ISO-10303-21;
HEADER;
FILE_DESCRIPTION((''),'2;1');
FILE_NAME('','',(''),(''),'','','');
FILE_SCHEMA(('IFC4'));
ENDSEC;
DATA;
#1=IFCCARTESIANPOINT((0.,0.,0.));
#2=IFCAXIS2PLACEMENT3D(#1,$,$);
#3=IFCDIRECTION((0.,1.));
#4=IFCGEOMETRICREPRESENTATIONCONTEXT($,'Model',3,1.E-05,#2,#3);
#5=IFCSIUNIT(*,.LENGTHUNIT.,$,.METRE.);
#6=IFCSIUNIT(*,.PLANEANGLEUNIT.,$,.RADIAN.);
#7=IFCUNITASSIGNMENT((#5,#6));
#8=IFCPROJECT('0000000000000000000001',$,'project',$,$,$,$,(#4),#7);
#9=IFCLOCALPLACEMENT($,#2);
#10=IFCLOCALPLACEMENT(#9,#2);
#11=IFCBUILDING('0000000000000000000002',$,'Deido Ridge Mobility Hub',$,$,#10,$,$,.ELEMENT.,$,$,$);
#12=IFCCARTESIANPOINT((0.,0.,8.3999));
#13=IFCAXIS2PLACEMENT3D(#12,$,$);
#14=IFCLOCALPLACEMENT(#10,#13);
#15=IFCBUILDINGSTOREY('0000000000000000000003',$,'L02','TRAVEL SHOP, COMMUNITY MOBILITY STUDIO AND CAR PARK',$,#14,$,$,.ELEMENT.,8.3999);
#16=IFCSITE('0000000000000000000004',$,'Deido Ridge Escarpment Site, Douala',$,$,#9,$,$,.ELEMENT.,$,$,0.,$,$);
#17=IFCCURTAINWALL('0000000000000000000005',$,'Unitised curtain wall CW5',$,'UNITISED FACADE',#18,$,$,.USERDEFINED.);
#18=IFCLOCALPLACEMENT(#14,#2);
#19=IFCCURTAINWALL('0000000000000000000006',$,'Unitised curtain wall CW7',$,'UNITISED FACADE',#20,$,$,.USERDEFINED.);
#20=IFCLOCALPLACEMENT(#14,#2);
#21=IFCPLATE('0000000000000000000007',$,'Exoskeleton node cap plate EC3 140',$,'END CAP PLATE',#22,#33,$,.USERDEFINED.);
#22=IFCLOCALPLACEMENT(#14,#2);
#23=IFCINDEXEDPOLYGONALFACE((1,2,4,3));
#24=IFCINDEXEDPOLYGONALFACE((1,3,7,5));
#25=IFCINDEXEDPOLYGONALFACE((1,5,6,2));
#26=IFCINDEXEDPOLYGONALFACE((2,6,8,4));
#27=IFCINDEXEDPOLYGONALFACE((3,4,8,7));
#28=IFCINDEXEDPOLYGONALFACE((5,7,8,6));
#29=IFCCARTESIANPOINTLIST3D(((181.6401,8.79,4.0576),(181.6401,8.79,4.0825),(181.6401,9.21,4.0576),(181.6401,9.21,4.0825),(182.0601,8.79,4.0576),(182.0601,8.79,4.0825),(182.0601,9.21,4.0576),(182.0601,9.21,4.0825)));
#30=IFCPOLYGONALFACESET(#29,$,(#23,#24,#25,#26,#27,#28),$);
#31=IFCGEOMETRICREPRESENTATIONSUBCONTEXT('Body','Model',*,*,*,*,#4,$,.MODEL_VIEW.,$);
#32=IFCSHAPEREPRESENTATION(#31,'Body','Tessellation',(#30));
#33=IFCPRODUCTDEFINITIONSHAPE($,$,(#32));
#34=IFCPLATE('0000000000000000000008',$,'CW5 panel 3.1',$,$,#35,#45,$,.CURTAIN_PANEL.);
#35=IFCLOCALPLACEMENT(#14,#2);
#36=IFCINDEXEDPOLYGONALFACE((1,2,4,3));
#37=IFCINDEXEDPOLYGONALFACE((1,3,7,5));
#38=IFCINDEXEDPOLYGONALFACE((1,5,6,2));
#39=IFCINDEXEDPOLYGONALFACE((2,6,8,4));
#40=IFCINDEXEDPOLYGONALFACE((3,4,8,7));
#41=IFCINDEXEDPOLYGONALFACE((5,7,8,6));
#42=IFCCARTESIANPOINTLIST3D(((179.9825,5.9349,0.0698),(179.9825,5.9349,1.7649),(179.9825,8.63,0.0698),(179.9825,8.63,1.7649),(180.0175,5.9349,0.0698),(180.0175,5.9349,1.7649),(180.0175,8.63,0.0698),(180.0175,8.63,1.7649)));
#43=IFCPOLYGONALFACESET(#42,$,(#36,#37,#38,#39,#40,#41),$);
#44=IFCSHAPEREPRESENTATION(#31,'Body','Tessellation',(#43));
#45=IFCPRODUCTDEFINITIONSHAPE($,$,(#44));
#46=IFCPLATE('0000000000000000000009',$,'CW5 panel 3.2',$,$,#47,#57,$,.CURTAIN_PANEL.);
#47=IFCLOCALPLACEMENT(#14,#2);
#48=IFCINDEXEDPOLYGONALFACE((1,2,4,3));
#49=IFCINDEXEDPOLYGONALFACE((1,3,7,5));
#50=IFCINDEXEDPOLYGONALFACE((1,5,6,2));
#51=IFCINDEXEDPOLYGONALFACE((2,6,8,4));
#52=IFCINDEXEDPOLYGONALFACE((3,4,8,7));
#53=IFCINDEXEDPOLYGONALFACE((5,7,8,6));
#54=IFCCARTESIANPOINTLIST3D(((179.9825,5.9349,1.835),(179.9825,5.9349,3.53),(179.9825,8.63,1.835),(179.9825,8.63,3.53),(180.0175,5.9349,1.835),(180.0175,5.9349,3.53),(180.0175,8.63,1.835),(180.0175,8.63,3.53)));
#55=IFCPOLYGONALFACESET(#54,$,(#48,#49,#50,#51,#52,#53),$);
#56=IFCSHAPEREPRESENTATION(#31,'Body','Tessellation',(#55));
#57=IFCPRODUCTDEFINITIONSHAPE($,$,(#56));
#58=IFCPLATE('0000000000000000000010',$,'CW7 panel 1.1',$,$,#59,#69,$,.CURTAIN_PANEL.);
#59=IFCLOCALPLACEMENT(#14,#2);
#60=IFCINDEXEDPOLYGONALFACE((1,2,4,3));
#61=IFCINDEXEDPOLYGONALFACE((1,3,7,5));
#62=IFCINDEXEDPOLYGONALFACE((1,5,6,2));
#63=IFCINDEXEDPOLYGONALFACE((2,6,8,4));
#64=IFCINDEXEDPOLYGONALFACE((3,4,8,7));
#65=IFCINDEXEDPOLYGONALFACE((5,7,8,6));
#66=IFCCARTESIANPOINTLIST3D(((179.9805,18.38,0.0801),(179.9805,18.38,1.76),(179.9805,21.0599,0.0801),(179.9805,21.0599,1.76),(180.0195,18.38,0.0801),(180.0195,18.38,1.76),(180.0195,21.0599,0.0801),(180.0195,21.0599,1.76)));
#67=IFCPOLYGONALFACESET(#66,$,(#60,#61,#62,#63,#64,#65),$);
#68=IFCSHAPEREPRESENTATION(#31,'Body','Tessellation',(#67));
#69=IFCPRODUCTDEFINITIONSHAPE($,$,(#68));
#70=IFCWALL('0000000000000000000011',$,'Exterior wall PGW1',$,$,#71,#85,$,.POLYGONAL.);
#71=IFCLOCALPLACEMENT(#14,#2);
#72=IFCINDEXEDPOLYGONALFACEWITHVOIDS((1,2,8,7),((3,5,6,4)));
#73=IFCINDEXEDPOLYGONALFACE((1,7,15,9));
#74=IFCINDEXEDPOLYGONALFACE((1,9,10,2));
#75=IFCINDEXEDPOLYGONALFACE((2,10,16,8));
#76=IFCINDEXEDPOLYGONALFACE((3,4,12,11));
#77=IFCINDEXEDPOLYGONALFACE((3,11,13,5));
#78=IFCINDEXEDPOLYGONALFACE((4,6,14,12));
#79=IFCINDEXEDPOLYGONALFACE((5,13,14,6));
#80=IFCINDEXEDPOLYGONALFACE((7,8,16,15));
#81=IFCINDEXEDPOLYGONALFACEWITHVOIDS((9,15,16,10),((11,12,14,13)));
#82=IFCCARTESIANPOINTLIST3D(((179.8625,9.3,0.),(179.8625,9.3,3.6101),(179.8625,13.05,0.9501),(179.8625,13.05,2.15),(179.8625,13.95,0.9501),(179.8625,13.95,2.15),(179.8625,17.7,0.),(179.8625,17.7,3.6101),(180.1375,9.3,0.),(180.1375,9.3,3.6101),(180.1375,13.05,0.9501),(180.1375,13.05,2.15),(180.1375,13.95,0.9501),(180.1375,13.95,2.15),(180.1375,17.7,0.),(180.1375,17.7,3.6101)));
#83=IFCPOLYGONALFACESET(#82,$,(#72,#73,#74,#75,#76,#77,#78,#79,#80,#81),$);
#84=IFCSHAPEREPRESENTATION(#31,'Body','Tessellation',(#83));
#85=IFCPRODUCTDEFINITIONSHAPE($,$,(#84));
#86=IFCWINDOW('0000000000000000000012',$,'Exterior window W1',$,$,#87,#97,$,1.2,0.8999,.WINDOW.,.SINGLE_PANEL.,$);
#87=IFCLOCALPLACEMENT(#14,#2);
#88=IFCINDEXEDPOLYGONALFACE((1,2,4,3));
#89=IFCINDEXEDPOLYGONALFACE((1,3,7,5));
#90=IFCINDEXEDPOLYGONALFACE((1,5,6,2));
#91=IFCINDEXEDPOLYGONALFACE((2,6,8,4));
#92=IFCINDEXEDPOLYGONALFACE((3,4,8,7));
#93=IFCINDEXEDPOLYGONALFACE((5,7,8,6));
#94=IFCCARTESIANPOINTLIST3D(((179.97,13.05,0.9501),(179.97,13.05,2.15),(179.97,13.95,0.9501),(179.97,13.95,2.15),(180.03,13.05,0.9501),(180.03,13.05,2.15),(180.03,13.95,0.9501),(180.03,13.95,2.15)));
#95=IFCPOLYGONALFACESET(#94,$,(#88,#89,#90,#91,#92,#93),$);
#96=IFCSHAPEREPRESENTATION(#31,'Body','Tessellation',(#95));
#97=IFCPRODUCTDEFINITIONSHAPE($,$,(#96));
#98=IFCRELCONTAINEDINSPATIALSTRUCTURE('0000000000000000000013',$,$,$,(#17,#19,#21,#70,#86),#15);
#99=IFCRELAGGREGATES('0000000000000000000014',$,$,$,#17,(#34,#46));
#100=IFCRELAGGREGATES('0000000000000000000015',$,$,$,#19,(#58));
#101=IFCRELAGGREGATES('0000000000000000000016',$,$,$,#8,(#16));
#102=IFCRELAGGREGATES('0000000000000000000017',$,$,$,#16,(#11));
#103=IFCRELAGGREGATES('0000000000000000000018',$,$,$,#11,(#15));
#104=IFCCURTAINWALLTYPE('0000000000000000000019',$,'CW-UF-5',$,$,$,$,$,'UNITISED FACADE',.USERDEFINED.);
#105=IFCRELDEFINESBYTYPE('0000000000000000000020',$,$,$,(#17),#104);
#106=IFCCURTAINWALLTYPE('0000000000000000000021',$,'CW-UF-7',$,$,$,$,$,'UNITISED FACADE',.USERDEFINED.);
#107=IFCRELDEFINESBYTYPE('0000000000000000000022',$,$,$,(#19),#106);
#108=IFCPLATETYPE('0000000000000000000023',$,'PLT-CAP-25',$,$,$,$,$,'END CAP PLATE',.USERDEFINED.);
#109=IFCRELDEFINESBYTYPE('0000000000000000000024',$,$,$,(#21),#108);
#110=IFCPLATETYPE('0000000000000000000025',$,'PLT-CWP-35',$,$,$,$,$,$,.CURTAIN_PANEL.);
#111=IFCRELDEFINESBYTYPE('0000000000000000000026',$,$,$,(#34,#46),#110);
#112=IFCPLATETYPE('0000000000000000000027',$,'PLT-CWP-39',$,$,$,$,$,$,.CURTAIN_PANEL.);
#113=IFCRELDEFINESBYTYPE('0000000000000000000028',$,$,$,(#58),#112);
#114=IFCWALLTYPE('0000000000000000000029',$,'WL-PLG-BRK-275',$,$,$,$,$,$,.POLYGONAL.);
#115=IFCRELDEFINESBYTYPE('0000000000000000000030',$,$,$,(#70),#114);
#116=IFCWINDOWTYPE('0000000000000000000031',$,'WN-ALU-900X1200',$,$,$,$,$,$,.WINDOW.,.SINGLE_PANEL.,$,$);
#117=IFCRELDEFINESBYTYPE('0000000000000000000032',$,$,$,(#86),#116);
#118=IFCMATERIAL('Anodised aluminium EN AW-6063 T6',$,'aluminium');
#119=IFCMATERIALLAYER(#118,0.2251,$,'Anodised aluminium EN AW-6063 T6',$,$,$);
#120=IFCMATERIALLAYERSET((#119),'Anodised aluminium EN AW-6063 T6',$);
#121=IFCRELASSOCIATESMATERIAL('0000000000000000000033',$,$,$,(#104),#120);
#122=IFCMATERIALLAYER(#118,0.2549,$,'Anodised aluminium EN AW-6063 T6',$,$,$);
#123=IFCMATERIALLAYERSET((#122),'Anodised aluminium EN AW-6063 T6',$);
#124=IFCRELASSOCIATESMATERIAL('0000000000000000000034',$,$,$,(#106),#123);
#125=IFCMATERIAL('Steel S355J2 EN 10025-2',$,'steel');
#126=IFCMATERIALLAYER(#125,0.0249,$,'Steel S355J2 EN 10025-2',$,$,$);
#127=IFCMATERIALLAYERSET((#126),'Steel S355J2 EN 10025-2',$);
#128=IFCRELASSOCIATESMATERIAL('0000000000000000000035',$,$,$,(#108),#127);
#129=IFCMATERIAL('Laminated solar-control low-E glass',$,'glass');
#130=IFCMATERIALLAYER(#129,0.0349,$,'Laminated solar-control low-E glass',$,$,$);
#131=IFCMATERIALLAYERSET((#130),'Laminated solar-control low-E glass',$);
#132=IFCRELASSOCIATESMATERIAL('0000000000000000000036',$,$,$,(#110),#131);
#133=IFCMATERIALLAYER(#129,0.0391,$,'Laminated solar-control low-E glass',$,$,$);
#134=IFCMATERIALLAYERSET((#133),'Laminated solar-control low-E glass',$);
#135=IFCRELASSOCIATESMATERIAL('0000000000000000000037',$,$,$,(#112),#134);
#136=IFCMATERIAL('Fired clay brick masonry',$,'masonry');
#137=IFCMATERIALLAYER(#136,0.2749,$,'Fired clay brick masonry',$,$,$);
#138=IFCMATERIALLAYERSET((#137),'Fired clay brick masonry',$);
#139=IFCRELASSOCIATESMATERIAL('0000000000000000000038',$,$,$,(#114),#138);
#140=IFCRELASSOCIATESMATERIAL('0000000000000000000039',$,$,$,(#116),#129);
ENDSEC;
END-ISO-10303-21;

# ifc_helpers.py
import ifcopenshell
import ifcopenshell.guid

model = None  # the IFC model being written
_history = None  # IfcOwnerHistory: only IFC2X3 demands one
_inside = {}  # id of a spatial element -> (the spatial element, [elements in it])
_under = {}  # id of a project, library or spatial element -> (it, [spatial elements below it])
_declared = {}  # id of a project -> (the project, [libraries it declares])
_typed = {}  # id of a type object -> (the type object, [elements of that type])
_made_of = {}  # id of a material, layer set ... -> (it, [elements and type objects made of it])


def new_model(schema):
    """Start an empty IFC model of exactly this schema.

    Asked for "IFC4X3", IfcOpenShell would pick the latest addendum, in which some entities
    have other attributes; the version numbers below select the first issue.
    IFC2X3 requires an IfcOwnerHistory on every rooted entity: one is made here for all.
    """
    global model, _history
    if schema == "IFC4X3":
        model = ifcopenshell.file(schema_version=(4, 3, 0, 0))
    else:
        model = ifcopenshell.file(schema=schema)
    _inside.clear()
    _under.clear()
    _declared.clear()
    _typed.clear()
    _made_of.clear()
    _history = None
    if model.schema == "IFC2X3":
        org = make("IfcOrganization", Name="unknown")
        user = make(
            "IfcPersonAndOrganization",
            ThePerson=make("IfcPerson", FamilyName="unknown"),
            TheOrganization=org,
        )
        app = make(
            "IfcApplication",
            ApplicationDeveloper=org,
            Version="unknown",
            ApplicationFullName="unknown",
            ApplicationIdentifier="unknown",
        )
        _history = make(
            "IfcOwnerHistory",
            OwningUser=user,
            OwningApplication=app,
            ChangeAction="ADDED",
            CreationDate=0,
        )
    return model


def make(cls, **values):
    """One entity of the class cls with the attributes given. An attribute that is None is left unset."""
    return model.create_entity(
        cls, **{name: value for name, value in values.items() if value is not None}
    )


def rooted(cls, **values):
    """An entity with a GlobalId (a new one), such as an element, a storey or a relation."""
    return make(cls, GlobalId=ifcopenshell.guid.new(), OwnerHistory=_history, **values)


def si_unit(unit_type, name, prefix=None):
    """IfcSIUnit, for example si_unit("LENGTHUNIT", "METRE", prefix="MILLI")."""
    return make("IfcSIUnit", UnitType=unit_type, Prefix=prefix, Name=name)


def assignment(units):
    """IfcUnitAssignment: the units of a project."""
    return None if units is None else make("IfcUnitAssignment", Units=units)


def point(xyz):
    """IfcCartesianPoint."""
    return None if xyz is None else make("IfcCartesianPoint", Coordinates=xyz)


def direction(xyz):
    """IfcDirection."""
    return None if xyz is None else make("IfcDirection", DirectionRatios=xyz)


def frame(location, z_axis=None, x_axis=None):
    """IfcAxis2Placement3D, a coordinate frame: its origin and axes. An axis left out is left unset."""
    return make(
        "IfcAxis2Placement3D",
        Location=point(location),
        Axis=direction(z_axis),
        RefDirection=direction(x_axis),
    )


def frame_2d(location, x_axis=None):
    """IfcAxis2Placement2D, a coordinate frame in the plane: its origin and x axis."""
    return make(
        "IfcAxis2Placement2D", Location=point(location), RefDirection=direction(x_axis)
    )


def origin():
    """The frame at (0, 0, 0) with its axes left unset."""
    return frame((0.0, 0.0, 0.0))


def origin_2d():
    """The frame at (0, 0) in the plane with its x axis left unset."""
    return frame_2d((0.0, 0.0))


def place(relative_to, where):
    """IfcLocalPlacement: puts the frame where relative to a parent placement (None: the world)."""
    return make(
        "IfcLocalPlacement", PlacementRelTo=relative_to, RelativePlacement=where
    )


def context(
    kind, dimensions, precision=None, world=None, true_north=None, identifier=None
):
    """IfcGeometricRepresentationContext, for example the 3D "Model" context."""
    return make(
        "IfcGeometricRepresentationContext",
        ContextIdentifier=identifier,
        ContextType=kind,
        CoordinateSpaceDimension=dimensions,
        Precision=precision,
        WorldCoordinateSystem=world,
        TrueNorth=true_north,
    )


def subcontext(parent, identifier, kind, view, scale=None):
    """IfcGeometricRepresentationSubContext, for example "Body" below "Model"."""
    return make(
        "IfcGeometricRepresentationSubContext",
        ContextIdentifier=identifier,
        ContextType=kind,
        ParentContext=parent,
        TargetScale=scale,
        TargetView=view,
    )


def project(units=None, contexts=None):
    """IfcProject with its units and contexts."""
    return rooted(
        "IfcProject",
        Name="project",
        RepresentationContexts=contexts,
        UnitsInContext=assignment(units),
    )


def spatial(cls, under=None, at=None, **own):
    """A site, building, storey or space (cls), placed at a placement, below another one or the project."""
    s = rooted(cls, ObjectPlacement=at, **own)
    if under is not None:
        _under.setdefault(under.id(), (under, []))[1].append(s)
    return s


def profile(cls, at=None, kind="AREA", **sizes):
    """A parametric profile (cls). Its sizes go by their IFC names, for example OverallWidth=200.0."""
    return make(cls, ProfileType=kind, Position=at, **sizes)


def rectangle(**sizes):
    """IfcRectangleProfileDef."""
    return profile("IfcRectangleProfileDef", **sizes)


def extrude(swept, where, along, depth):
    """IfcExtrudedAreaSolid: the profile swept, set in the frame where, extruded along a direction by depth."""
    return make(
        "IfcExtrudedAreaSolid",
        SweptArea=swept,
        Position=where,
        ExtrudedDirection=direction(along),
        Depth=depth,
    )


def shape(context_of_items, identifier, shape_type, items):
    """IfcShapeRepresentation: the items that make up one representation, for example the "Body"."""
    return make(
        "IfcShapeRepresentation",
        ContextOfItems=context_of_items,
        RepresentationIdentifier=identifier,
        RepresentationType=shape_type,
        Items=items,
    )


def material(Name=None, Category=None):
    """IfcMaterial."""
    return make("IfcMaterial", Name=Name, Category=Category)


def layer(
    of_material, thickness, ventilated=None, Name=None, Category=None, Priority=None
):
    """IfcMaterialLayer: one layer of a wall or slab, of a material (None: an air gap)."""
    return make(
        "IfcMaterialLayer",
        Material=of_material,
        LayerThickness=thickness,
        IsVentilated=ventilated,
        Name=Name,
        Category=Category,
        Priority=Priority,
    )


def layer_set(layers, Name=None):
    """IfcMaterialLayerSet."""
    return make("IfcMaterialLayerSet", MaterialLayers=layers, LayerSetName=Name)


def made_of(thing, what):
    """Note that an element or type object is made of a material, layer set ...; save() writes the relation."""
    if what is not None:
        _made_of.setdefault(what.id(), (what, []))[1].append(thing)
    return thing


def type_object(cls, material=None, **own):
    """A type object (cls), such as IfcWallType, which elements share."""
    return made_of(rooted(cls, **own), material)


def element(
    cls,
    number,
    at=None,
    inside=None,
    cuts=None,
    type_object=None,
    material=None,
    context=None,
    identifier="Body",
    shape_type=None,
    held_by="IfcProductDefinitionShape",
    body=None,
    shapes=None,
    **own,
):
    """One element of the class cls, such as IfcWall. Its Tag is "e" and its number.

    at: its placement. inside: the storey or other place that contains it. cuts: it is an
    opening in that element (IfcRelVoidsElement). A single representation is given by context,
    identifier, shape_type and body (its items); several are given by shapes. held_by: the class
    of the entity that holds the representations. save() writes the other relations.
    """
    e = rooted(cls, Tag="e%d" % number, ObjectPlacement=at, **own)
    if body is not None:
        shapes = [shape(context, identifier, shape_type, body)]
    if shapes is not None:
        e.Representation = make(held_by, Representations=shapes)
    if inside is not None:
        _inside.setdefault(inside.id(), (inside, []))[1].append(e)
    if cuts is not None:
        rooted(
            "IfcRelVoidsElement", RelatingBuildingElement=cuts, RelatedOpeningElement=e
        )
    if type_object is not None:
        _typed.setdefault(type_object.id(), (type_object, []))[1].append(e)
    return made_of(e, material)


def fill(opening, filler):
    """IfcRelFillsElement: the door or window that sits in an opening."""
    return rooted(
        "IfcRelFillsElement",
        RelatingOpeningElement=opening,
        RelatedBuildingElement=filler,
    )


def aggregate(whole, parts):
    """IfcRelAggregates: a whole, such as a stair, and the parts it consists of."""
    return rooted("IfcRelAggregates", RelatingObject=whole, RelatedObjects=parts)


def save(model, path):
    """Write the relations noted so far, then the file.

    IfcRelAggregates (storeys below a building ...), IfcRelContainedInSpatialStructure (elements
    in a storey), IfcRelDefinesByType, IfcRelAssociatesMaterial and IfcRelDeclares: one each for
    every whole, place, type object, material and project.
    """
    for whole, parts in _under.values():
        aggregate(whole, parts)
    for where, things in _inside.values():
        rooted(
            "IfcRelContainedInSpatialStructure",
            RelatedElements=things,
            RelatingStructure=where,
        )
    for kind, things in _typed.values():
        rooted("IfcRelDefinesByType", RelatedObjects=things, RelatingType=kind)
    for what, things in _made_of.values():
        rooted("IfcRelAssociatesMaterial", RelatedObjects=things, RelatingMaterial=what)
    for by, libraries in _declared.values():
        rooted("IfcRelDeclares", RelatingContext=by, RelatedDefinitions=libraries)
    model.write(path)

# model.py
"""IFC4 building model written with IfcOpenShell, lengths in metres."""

from ifc_helpers import new_model, si_unit, direction, frame, frame_2d, origin, origin_2d, place, context, subcontext, project, spatial, rectangle, extrude, material, layer, layer_set, type_object, element, fill, aggregate, save


model = new_model("IFC4")

# Units and contexts
model_context = context("Model", 3, precision=1e-05, world=origin(), true_north=direction((0.0, 1.0)))
body_context = subcontext(model_context, "Body", "Model", "MODEL_VIEW")
ifc_project = project(units=[si_unit("LENGTHUNIT", "METRE"), si_unit("PLANEANGLEUNIT", "RADIAN")], contexts=[model_context])

# Site, building, storey
site_placement = place(None, origin())
site = spatial("IfcSite", under=ifc_project, at=site_placement, Name="Deido Ridge Escarpment Site, Douala", CompositionType="ELEMENT", RefElevation=0.0)
building_placement = place(site_placement, origin())
building = spatial("IfcBuilding", under=site, at=building_placement, Name="Deido Ridge Mobility Hub", CompositionType="ELEMENT")
storey_placement = place(building_placement, frame((0.0, 0.0, 8.3999)))
storey = spatial("IfcBuildingStorey", under=building, at=storey_placement, Name="L02", Description="TRAVEL SHOP, COMMUNITY MOBILITY STUDIO AND CAR PARK", CompositionType="ELEMENT", Elevation=8.3999)

# Shared definitions
ifc_material_1 = material(Name="Steel S355J2 EN 10025-2", Category="steel")

# Curtain wall
ifc_material_2 = material(Name="Anodised aluminium EN AW-6063 T6", Category="aluminium")
ifc_layer_1 = layer(ifc_material_2, 0.2251, Name="Anodised aluminium EN AW-6063 T6")
ifc_layer_set_1 = layer_set([ifc_layer_1], Name="Anodised aluminium EN AW-6063 T6")
curtain_wall_type_1 = type_object("IfcCurtainWallType", Name="CW-UF-5", ElementType="UNITISED FACADE", PredefinedType="USERDEFINED", material=ifc_layer_set_1)
curtain_wall_1_placement = place(storey_placement, origin())
curtain_wall_1 = element("IfcCurtainWall", 1, at=curtain_wall_1_placement, inside=storey, type_object=curtain_wall_type_1, Name="Unitised curtain wall CW5", ObjectType="UNITISED FACADE", PredefinedType="USERDEFINED")

# Curtain wall
ifc_layer_2 = layer(ifc_material_2, 0.2549, Name="Anodised aluminium EN AW-6063 T6")
ifc_layer_set_2 = layer_set([ifc_layer_2], Name="Anodised aluminium EN AW-6063 T6")
curtain_wall_type_2 = type_object("IfcCurtainWallType", Name="CW-UF-7", ElementType="UNITISED FACADE", PredefinedType="USERDEFINED", material=ifc_layer_set_2)
curtain_wall_2_placement = place(storey_placement, origin())
curtain_wall_2 = element("IfcCurtainWall", 2, at=curtain_wall_2_placement, inside=storey, type_object=curtain_wall_type_2, Name="Unitised curtain wall CW7", ObjectType="UNITISED FACADE", PredefinedType="USERDEFINED")

# Plate
ifc_layer_3 = layer(ifc_material_1, 0.0249, Name="Steel S355J2 EN 10025-2")
ifc_layer_set_3 = layer_set([ifc_layer_3], Name="Steel S355J2 EN 10025-2")
plate_type_1 = type_object("IfcPlateType", Name="PLT-CAP-25", ElementType="END CAP PLATE", PredefinedType="USERDEFINED", material=ifc_layer_set_3)
plate_1_placement = place(storey_placement, frame((181.8501, 9.0, 4.0576), z_axis=(0.0, 0.0, 1.0), x_axis=(1.0, 0.0, 0.0)))
element("IfcPlate", 3, at=plate_1_placement, inside=storey, type_object=plate_type_1, Name="Exoskeleton node cap plate EC3 140", ObjectType="END CAP PLATE", PredefinedType="USERDEFINED", context=body_context, shape_type="SweptSolid", body=[
    extrude(rectangle(XDim=0.4199, YDim=0.4199, at=origin_2d()), origin(), (0.0, 0.0, 1.0), 0.0249),
])

# Plates
ifc_material_3 = material(Name="Laminated solar-control low-E glass", Category="glass")
ifc_layer_4 = layer(ifc_material_3, 0.0349, Name="Laminated solar-control low-E glass")
ifc_layer_set_4 = layer_set([ifc_layer_4], Name="Laminated solar-control low-E glass")
plate_type_2 = type_object("IfcPlateType", Name="PLT-CWP-35", PredefinedType="CURTAIN_PANEL", material=ifc_layer_set_4)
plate_2_placement = place(storey_placement, frame((180.0, 7.2825, 0.0698), z_axis=(0.0, 0.0, 1.0), x_axis=(0.0, 1.0, 0.0)))
plate_2 = element("IfcPlate", 4, at=plate_2_placement, type_object=plate_type_2, Name="CW5 panel 3.1", PredefinedType="CURTAIN_PANEL", context=body_context, shape_type="SweptSolid", body=[
    extrude(rectangle(XDim=2.6951, YDim=0.0349, at=origin_2d()), origin(), (0.0, 0.0, 1.0), 1.6951),
])
plate_3_placement = place(storey_placement, frame((180.0, 7.2825, 1.835), z_axis=(0.0, 0.0, 1.0), x_axis=(0.0, 1.0, 0.0)))
plate_3 = element("IfcPlate", 5, at=plate_3_placement, type_object=plate_type_2, Name="CW5 panel 3.2", PredefinedType="CURTAIN_PANEL", context=body_context, shape_type="SweptSolid", body=[
    extrude(rectangle(XDim=2.6951, YDim=0.0349, at=origin_2d()), origin(), (0.0, 0.0, 1.0), 1.6951),
])
aggregate(curtain_wall_1, [plate_2, plate_3])
ifc_layer_5 = layer(ifc_material_3, 0.0391, Name="Laminated solar-control low-E glass")
ifc_layer_set_5 = layer_set([ifc_layer_5], Name="Laminated solar-control low-E glass")
plate_type_3 = type_object("IfcPlateType", Name="PLT-CWP-39", PredefinedType="CURTAIN_PANEL", material=ifc_layer_set_5)
plate_4_placement = place(storey_placement, frame((180.0, 19.72, 0.0801), z_axis=(0.0, 0.0, 1.0), x_axis=(0.0, 1.0, 0.0)))
plate_4 = element("IfcPlate", 6, at=plate_4_placement, type_object=plate_type_3, Name="CW7 panel 1.1", PredefinedType="CURTAIN_PANEL", context=body_context, shape_type="SweptSolid", body=[
    extrude(rectangle(XDim=2.6799, YDim=0.0391, at=origin_2d()), origin(), (0.0, 0.0, 1.0), 1.6799),
])
aggregate(curtain_wall_2, [plate_4])

# Wall, opening, window
ifc_material_4 = material(Name="Fired clay brick masonry", Category="masonry")
ifc_layer_6 = layer(ifc_material_4, 0.2749, Name="Fired clay brick masonry")
ifc_layer_set_6 = layer_set([ifc_layer_6], Name="Fired clay brick masonry")
wall_type = type_object("IfcWallType", Name="WL-PLG-BRK-275", PredefinedType="POLYGONAL", material=ifc_layer_set_6)
wall_placement = place(storey_placement, frame((180.0, 9.3, 0.0), z_axis=(0.0, 0.0, 1.0), x_axis=(0.0, 1.0, 0.0)))
wall = element("IfcWall", 7, at=wall_placement, inside=storey, type_object=wall_type, Name="Exterior wall PGW1", PredefinedType="POLYGONAL", context=body_context, shape_type="SweptSolid", body=[
    extrude(rectangle(XDim=8.3999, YDim=0.2749, at=frame_2d((4.2, 0.0))), origin(), (0.0, 0.0, 1.0), 3.6101),
])
opening_placement = place(wall_placement, frame((3.75, 0.0, 0.95)))
opening = element("IfcOpeningElement", 8, at=opening_placement, cuts=wall, PredefinedType="OPENING", context=body_context, shape_type="SweptSolid", body=[
    extrude(rectangle(XDim=0.8999, YDim=1.2, at=frame_2d((0.45, 0.6001))), frame((0.0, 0.1475, 0.0), z_axis=(0.0, -1.0, 0.0), x_axis=(1.0, 0.0, 0.0)), (0.0, 0.0, 1.0), 0.2949),
])
window_type = type_object("IfcWindowType", Name="WN-ALU-900X1200", PartitioningType="SINGLE_PANEL", PredefinedType="WINDOW", material=ifc_material_3)
window_placement = place(opening_placement, origin())
window = element("IfcWindow", 9, at=window_placement, inside=storey, type_object=window_type, Name="Exterior window W1", OverallHeight=1.2, OverallWidth=0.8999, PartitioningType="SINGLE_PANEL", PredefinedType="WINDOW", context=body_context, shape_type="SweptSolid", body=[
    extrude(rectangle(XDim=0.8999, YDim=1.2, at=frame_2d((0.45, 0.6001))), frame((0.0, 0.03, 0.0), z_axis=(0.0, -1.0, 0.0), x_axis=(1.0, 0.0, 0.0)), (0.0, 0.0, 1.0), 0.0601),
])
fill(opening, window)

save(model, "model.ifc")
